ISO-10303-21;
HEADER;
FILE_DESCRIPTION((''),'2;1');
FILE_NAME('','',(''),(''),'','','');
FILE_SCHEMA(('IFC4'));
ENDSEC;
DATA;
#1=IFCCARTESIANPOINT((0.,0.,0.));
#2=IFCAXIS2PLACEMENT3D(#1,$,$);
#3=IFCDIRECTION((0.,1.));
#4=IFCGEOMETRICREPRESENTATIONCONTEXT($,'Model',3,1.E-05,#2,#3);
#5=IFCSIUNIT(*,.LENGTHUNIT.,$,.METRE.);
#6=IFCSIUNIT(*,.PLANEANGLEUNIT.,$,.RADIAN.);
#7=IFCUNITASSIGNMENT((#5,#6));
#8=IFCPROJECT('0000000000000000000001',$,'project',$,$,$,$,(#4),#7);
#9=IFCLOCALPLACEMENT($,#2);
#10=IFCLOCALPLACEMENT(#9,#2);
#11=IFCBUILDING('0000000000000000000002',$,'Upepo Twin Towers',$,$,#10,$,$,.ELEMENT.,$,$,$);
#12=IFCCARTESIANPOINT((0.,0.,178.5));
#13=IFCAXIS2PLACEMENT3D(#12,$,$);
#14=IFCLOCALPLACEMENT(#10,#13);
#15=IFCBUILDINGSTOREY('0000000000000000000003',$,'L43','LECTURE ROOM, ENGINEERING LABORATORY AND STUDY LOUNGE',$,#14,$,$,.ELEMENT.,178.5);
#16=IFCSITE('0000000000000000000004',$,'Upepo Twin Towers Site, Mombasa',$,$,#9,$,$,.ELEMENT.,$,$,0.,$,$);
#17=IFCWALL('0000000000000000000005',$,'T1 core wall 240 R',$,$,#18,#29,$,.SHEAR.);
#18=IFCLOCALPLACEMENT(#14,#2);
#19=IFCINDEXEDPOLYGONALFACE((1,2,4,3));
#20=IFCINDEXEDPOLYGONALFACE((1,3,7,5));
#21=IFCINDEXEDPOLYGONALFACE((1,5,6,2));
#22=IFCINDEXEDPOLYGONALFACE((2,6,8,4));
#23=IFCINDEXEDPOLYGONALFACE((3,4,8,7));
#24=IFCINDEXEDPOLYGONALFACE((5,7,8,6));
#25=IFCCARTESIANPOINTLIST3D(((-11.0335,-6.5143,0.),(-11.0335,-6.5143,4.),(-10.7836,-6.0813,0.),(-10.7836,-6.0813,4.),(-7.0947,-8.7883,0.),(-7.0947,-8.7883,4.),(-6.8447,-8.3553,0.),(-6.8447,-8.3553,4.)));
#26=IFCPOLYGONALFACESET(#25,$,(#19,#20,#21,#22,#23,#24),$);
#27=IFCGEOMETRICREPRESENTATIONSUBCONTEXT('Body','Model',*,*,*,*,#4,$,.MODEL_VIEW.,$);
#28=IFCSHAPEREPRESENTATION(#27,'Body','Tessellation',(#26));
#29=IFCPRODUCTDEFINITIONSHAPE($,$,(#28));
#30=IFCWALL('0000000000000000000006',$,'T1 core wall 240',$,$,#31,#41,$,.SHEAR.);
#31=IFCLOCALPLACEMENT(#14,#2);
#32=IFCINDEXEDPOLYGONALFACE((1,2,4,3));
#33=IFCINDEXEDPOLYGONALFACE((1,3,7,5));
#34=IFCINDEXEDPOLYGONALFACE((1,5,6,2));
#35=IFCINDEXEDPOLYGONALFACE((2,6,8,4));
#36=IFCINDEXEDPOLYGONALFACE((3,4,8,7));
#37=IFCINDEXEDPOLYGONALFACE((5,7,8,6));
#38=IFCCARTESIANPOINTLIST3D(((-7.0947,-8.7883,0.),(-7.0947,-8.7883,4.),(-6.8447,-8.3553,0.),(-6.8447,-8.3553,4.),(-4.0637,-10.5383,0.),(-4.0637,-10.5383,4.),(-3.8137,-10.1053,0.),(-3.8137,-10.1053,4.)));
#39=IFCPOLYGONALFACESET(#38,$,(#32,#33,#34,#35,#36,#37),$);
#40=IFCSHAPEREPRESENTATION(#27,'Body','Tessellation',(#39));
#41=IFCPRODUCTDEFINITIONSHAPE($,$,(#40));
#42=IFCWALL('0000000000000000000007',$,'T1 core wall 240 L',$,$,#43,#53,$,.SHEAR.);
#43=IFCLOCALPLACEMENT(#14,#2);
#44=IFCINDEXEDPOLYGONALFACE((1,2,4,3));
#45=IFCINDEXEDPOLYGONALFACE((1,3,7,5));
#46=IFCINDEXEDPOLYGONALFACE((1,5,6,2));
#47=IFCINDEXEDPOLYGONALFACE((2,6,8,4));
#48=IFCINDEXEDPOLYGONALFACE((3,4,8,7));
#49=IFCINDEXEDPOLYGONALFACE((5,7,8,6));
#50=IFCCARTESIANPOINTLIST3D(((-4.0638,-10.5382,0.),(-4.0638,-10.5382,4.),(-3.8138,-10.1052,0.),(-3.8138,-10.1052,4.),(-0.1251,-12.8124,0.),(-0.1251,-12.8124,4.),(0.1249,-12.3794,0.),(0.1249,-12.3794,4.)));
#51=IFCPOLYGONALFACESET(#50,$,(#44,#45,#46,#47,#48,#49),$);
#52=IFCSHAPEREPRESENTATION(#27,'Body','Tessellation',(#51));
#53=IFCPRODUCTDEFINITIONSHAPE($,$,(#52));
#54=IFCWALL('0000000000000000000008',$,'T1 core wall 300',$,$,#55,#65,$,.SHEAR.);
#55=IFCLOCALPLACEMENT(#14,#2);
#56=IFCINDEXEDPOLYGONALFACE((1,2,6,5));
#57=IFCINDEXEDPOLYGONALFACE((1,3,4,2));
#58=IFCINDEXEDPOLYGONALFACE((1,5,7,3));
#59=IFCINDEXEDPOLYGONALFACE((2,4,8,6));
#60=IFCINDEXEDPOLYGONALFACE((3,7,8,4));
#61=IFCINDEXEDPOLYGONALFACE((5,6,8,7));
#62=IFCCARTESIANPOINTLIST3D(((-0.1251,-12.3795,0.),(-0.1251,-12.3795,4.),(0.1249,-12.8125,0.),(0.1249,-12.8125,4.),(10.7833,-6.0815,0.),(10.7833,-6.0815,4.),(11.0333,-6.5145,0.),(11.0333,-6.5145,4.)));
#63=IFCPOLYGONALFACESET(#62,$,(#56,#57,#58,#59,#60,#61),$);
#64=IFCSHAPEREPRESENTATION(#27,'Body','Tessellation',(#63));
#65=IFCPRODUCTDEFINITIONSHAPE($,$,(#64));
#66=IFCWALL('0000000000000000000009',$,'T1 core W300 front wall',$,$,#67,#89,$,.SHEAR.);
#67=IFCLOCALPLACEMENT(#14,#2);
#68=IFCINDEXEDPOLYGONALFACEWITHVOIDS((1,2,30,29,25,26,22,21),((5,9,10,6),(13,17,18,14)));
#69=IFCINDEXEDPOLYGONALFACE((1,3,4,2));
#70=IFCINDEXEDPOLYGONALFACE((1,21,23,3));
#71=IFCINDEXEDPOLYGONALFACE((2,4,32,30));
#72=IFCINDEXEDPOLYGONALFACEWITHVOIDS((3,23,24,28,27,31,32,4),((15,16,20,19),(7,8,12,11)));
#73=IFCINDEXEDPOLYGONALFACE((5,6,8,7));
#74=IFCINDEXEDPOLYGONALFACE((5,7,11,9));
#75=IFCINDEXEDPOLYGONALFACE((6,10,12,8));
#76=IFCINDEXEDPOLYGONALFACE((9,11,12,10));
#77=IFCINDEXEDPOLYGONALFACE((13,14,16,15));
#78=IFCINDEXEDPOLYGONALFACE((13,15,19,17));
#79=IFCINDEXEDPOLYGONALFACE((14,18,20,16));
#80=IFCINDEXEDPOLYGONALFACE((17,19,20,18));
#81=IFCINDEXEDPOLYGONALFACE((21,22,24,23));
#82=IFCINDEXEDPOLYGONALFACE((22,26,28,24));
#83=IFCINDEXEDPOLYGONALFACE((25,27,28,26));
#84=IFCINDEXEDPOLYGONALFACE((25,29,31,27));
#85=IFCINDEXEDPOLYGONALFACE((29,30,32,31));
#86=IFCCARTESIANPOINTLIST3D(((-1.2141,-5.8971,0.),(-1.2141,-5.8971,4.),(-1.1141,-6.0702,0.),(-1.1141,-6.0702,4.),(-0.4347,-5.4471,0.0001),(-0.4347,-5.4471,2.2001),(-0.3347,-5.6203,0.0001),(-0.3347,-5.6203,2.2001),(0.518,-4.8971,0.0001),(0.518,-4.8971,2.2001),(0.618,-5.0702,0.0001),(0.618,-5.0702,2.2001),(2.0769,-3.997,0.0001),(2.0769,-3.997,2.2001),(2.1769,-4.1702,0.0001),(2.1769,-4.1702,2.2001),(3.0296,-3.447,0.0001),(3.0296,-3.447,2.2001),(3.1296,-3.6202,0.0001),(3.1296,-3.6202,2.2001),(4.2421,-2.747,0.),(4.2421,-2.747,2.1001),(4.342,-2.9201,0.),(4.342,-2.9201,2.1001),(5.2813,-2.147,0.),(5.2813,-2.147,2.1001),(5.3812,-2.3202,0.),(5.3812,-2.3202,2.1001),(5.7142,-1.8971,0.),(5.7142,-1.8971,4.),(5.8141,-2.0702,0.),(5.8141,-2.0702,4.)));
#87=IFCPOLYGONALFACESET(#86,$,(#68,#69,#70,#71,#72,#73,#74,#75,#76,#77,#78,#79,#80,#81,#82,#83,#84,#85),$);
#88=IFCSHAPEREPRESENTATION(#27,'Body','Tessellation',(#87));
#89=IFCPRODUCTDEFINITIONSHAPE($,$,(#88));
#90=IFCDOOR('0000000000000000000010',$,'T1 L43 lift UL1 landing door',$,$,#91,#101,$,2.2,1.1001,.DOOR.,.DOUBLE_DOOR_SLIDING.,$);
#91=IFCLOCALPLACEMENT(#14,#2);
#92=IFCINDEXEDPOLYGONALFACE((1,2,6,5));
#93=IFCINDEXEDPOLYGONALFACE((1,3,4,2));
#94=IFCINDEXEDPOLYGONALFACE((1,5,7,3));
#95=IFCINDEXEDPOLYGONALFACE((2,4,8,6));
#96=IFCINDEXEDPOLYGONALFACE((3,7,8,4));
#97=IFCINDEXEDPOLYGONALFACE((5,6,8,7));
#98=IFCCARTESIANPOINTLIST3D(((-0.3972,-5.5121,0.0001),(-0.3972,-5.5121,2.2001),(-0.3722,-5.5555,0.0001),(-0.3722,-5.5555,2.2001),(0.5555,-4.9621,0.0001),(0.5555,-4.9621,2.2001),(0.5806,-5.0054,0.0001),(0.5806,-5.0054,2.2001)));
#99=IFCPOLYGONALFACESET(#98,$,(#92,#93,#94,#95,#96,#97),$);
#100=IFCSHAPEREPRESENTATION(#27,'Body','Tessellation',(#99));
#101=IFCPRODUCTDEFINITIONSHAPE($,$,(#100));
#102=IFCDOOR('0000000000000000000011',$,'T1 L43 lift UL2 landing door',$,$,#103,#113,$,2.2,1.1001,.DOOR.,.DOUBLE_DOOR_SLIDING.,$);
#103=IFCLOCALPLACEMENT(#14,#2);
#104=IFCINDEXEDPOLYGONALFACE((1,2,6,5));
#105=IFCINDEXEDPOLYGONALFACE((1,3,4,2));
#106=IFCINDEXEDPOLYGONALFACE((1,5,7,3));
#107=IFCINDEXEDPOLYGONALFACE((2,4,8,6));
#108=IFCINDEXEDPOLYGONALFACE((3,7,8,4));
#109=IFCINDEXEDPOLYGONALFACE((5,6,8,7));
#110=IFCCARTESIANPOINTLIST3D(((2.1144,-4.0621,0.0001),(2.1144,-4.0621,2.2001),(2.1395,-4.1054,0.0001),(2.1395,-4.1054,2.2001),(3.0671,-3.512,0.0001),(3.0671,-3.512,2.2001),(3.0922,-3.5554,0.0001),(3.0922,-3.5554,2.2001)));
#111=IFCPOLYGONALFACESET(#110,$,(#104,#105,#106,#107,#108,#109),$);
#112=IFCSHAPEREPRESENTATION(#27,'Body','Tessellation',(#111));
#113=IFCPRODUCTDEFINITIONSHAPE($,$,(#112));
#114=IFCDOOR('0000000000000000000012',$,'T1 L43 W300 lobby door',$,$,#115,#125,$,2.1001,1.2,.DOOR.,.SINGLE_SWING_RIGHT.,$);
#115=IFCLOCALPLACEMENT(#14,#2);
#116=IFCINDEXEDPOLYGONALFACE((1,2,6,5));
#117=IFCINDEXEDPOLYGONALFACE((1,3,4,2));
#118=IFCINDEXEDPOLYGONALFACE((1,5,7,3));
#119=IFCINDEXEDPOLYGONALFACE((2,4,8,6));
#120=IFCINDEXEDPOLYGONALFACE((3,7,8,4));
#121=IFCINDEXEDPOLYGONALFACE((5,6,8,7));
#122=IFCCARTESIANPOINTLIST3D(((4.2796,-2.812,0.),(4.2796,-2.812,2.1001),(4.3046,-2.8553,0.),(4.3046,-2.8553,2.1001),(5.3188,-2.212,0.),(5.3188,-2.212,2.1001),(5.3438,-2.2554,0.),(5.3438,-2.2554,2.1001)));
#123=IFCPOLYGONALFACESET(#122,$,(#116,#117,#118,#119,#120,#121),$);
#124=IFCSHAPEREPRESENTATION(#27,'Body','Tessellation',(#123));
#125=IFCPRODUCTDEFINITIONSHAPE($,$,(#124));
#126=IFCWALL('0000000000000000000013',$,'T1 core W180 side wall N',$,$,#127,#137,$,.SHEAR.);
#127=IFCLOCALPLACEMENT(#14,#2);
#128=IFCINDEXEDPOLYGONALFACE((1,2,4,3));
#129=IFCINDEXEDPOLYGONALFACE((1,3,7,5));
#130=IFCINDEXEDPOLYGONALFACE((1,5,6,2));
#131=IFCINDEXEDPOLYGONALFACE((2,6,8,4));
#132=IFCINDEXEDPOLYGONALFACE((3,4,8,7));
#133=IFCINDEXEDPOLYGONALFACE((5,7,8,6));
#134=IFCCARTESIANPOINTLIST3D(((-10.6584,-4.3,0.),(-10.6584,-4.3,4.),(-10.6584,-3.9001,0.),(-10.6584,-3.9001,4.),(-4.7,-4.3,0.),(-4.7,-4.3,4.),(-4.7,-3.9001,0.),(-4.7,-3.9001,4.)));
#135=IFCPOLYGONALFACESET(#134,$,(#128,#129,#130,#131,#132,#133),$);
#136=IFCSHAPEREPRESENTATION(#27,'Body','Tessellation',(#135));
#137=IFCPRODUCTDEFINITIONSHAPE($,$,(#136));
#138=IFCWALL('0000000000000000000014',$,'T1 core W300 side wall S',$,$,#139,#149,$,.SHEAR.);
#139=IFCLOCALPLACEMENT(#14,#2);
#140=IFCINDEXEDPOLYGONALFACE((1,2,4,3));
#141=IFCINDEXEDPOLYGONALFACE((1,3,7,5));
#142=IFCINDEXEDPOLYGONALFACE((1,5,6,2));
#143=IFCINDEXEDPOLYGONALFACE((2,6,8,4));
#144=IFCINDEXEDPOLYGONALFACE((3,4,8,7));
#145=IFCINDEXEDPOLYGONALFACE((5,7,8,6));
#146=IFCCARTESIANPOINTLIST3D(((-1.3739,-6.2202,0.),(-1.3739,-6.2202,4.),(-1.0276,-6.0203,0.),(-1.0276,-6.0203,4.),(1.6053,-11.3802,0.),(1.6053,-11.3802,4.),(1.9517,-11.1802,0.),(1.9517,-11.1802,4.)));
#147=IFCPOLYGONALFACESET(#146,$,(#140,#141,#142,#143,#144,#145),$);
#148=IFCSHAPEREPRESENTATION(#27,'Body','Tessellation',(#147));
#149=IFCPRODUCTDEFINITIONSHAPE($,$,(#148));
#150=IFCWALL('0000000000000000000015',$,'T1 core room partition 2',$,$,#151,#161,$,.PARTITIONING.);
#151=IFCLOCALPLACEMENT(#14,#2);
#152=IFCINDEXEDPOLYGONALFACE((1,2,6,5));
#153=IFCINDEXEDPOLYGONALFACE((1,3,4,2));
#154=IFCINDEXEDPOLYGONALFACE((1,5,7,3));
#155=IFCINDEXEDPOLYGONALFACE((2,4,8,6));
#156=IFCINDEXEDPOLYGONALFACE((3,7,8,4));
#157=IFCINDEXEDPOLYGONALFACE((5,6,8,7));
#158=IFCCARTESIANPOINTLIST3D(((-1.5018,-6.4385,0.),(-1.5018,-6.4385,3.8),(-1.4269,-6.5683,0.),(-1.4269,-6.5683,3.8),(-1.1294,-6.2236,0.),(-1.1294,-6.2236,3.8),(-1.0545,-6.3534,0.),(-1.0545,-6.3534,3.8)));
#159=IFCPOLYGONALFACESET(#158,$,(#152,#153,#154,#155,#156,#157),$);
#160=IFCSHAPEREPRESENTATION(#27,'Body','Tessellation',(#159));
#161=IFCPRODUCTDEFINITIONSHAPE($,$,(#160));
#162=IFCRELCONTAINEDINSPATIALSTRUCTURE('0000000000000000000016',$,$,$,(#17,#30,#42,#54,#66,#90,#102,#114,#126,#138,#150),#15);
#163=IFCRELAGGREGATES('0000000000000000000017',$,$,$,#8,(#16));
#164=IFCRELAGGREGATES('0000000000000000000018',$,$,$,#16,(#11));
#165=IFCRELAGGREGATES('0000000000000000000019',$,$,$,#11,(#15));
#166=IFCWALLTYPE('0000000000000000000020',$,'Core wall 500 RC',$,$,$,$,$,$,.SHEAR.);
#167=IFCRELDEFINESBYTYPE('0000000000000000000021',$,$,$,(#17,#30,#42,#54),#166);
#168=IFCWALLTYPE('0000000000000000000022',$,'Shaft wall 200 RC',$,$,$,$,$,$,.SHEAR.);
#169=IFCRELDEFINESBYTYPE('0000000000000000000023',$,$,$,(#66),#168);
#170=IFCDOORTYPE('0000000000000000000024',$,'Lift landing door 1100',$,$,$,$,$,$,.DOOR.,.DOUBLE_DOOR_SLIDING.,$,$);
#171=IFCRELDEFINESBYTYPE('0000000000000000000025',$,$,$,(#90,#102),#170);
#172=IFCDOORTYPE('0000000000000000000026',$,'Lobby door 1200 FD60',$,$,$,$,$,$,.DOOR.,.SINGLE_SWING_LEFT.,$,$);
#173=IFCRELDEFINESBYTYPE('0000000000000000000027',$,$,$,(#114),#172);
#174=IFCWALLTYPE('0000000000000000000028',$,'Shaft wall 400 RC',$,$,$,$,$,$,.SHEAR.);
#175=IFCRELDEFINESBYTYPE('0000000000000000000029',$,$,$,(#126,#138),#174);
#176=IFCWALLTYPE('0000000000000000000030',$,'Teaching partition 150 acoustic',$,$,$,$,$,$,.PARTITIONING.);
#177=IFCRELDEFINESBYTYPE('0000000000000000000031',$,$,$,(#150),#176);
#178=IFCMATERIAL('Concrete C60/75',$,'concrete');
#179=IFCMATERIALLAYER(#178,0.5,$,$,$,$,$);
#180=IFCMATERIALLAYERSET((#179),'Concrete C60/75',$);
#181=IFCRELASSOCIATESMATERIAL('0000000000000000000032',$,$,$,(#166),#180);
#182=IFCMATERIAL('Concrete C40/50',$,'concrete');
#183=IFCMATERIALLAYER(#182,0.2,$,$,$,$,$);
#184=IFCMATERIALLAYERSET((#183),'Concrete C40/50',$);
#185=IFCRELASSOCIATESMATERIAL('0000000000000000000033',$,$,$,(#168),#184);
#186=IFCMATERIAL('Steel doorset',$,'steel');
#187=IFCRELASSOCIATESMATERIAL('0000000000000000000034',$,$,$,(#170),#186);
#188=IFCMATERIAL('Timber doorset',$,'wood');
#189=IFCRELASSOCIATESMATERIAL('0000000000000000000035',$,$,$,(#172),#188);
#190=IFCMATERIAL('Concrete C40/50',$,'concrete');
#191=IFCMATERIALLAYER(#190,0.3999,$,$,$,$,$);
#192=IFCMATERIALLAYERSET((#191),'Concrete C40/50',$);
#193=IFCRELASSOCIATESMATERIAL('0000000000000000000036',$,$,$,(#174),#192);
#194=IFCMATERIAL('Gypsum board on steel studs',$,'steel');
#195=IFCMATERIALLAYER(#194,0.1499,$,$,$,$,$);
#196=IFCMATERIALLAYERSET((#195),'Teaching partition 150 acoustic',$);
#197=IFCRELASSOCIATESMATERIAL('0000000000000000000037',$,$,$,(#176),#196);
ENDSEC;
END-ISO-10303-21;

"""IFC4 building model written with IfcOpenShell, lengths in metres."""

from ifc_helpers import new_model, si_unit, direction, frame, frame_2d, origin, place, context, subcontext, project, spatial, rectangle, extrude, material, layer, layer_set, type_object, element, fill, save


model = new_model("IFC4")

# Units and contexts
model_context = context("Model", 3, precision=1e-05, world=origin(), true_north=direction((0.0, 1.0)))
body_context = subcontext(model_context, "Body", "Model", "MODEL_VIEW")
ifc_project = project(units=[si_unit("LENGTHUNIT", "METRE"), si_unit("PLANEANGLEUNIT", "RADIAN")], contexts=[model_context])

# Site, building, storey
site_placement = place(None, origin())
site = spatial("IfcSite", under=ifc_project, at=site_placement, Name="Upepo Twin Towers Site, Mombasa", CompositionType="ELEMENT", RefElevation=0.0)
building_placement = place(site_placement, origin())
building = spatial("IfcBuilding", under=site, at=building_placement, Name="Upepo Twin Towers", CompositionType="ELEMENT")
storey_placement = place(building_placement, frame((0.0, 0.0, 178.5)))
storey = spatial("IfcBuildingStorey", under=building, at=storey_placement, Name="L43", Description="LECTURE ROOM, ENGINEERING LABORATORY AND STUDY LOUNGE", CompositionType="ELEMENT", Elevation=178.5)

# Walls
ifc_material_1 = material(Name="Concrete C60/75", Category="concrete")
ifc_layer_1 = layer(ifc_material_1, 0.5)
ifc_layer_set_1 = layer_set([ifc_layer_1], Name="Concrete C60/75")
wall_type_1 = type_object("IfcWallType", Name="Core wall 500 RC", PredefinedType="SHEAR", material=ifc_layer_set_1)
wall_1_placement = place(storey_placement, frame((-10.9084, -6.2979, 0.0), z_axis=(0.0, 0.0, 1.0), x_axis=(0.866035, -0.499984, 0.0)))
element("IfcWall", 1, at=wall_1_placement, inside=storey, type_object=wall_type_1, Name="T1 core wall 240 R", PredefinedType="SHEAR", context=body_context, shape_type="SweptSolid", body=[
    extrude(rectangle(XDim=4.5481, YDim=0.5, at=frame_2d((2.2739, 0.0))), origin(), (0.0, 0.0, 1.0), 4.0),
])
wall_2_placement = place(storey_placement, frame((-6.9697, -8.5718, 0.0), z_axis=(0.0, 0.0, 1.0), x_axis=(0.866019, -0.50001, 0.0)))
element("IfcWall", 2, at=wall_2_placement, inside=storey, type_object=wall_type_1, Name="T1 core wall 240", PredefinedType="SHEAR", context=body_context, shape_type="SweptSolid", body=[
    extrude(rectangle(XDim=3.5, YDim=0.5, at=frame_2d((1.75, 0.0))), origin(), (0.0, 0.0, 1.0), 4.0),
])
wall_3_placement = place(storey_placement, frame((-3.9387, -10.3218, 0.0), z_axis=(0.0, 0.0, 1.0), x_axis=(0.866011, -0.500024, 0.0)))
element("IfcWall", 3, at=wall_3_placement, inside=storey, type_object=wall_type_1, Name="T1 core wall 240 L", PredefinedType="SHEAR", context=body_context, shape_type="SweptSolid", body=[
    extrude(rectangle(XDim=4.5481, YDim=0.5, at=frame_2d((2.2739, 0.0))), origin(), (0.0, 0.0, 1.0), 4.0),
])
wall_4_placement = place(storey_placement, frame((0.0, -12.5959, 0.0), z_axis=(0.0, 0.0, 1.0), x_axis=(0.866022, 0.500006, 0.0)))
element("IfcWall", 4, at=wall_4_placement, inside=storey, type_object=wall_type_1, Name="T1 core wall 300", PredefinedType="SHEAR", context=body_context, shape_type="SweptSolid", body=[
    extrude(rectangle(XDim=12.5959, YDim=0.5, at=frame_2d((6.2979, 0.0))), origin(), (0.0, 0.0, 1.0), 4.0),
])

# Wall, openings, doors
ifc_material_2 = material(Name="Concrete C40/50", Category="concrete")
ifc_layer_2 = layer(ifc_material_2, 0.2)
ifc_layer_set_2 = layer_set([ifc_layer_2], Name="Concrete C40/50")
wall_type_2 = type_object("IfcWallType", Name="Shaft wall 200 RC", PredefinedType="SHEAR", material=ifc_layer_set_2)
wall_5_placement = place(storey_placement, frame((-1.1641, -5.9836, 0.0), z_axis=(0.0, 0.0, 1.0), x_axis=(0.866026, 0.499999, 0.0)))
wall_5 = element("IfcWall", 5, at=wall_5_placement, inside=storey, type_object=wall_type_2, Name="T1 core W300 front wall", PredefinedType="SHEAR", context=body_context, shape_type="SweptSolid", body=[
    extrude(rectangle(XDim=8.0, YDim=0.2, at=frame_2d((4.0, 0.0))), origin(), (0.0, 0.0, 1.0), 4.0),
])
opening_1_placement = place(wall_5_placement, frame((6.3, 0.0, 0.0)))
opening_1 = element("IfcOpeningElement", 6, at=opening_1_placement, cuts=wall_5, PredefinedType="OPENING", context=body_context, shape_type="SweptSolid", body=[
    extrude(rectangle(XDim=1.2, YDim=2.1001, at=frame_2d((0.6001, 1.05))), frame((0.0, 0.1099, 0.0), z_axis=(0.0, -1.0, 0.0), x_axis=(1.0, 0.0, 0.0)), (0.0, 0.0, 1.0), 0.22),
])
opening_2_placement = place(wall_5_placement, frame((0.8999, 0.0, 0.0)))
opening_2 = element("IfcOpeningElement", 7, at=opening_2_placement, cuts=wall_5, PredefinedType="OPENING", context=body_context, shape_type="SweptSolid", body=[
    extrude(rectangle(XDim=1.1001, YDim=2.2, at=frame_2d((0.55, 1.1001))), frame((0.0, 0.1099, 0.0), z_axis=(0.0, -1.0, 0.0), x_axis=(1.0, 0.0, 0.0)), (0.0, 0.0, 1.0), 0.22),
])
opening_3_placement = place(wall_5_placement, frame((3.8, 0.0, 0.0)))
opening_3 = element("IfcOpeningElement", 8, at=opening_3_placement, cuts=wall_5, PredefinedType="OPENING", context=body_context, shape_type="SweptSolid", body=[
    extrude(rectangle(XDim=1.1001, YDim=2.2, at=frame_2d((0.55, 1.1001))), frame((0.0, 0.1099, 0.0), z_axis=(0.0, -1.0, 0.0), x_axis=(1.0, 0.0, 0.0)), (0.0, 0.0, 1.0), 0.22),
])
ifc_material_3 = material(Name="Steel doorset", Category="steel")
door_type_1 = type_object("IfcDoorType", Name="Lift landing door 1100", OperationType="DOUBLE_DOOR_SLIDING", PredefinedType="DOOR", material=ifc_material_3)
door_1_placement = place(opening_2_placement, origin())
door_1 = element("IfcDoor", 9, at=door_1_placement, inside=storey, type_object=door_type_1, Name="T1 L43 lift UL1 landing door", OperationType="DOUBLE_DOOR_SLIDING", OverallHeight=2.2, OverallWidth=1.1001, PredefinedType="DOOR", context=body_context, shape_type="SweptSolid", body=[
    extrude(rectangle(XDim=1.1001, YDim=2.2, at=frame_2d((0.55, 1.1001))), frame((0.0, 0.0249, 0.0), z_axis=(0.0, -1.0, 0.0), x_axis=(1.0, 0.0, 0.0)), (0.0, 0.0, 1.0), 0.05),
])
fill(opening_2, door_1)
door_2_placement = place(opening_3_placement, origin())
door_2 = element("IfcDoor", 10, at=door_2_placement, inside=storey, type_object=door_type_1, Name="T1 L43 lift UL2 landing door", OperationType="DOUBLE_DOOR_SLIDING", OverallHeight=2.2, OverallWidth=1.1001, PredefinedType="DOOR", context=body_context, shape_type="SweptSolid", body=[
    extrude(rectangle(XDim=1.1001, YDim=2.2, at=frame_2d((0.55, 1.1001))), frame((0.0, 0.0249, 0.0), z_axis=(0.0, -1.0, 0.0), x_axis=(1.0, 0.0, 0.0)), (0.0, 0.0, 1.0), 0.05),
])
fill(opening_3, door_2)
ifc_material_4 = material(Name="Timber doorset", Category="wood")
door_type_2 = type_object("IfcDoorType", Name="Lobby door 1200 FD60", OperationType="SINGLE_SWING_LEFT", PredefinedType="DOOR", material=ifc_material_4)
door_3_placement = place(opening_1_placement, origin())
door_3 = element("IfcDoor", 11, at=door_3_placement, inside=storey, type_object=door_type_2, Name="T1 L43 W300 lobby door", OperationType="SINGLE_SWING_RIGHT", OverallHeight=2.1001, OverallWidth=1.2, PredefinedType="DOOR", context=body_context, shape_type="SweptSolid", body=[
    extrude(rectangle(XDim=1.2, YDim=2.1001, at=frame_2d((0.6001, 1.05))), frame((0.0, 0.0249, 0.0), z_axis=(0.0, -1.0, 0.0), x_axis=(1.0, 0.0, 0.0)), (0.0, 0.0, 1.0), 0.05),
])
fill(opening_1, door_3)

# Walls
ifc_material_5 = material(Name="Concrete C40/50", Category="concrete")
ifc_layer_3 = layer(ifc_material_5, 0.3999)
ifc_layer_set_3 = layer_set([ifc_layer_3], Name="Concrete C40/50")
wall_type_3 = type_object("IfcWallType", Name="Shaft wall 400 RC", PredefinedType="SHEAR", material=ifc_layer_set_3)
wall_6_placement = place(storey_placement, frame((-4.7, -4.1001, 0.0), z_axis=(0.0, 0.0, 1.0), x_axis=(-1.0, 0.0, 0.0)))
element("IfcWall", 12, at=wall_6_placement, inside=storey, type_object=wall_type_3, Name="T1 core W180 side wall N", PredefinedType="SHEAR", context=body_context, shape_type="SweptSolid", body=[
    extrude(rectangle(XDim=5.9585, YDim=0.3999, at=frame_2d((2.9792, 0.0))), origin(), (0.0, 0.0, 1.0), 4.0),
])
wall_7_placement = place(storey_placement, frame((-1.2007, -6.1204, 0.0), z_axis=(0.0, 0.0, 1.0), x_axis=(0.500022, -0.866013, 0.0)))
element("IfcWall", 13, at=wall_7_placement, inside=storey, type_object=wall_type_3, Name="T1 core W300 side wall S", PredefinedType="SHEAR", context=body_context, shape_type="SweptSolid", body=[
    extrude(rectangle(XDim=5.9583, YDim=0.3999, at=frame_2d((2.979, 0.0))), origin(), (0.0, 0.0, 1.0), 4.0),
])
ifc_material_6 = material(Name="Gypsum board on steel studs", Category="steel")
ifc_layer_4 = layer(ifc_material_6, 0.1499)
ifc_layer_set_4 = layer_set([ifc_layer_4], Name="Teaching partition 150 acoustic")
wall_type_4 = type_object("IfcWallType", Name="Teaching partition 150 acoustic", PredefinedType="PARTITIONING", material=ifc_layer_set_4)
wall_8_placement = place(storey_placement, frame((-1.092, -6.2886, 0.0), z_axis=(0.0, 0.0, 1.0), x_axis=(-0.866138, -0.499804, 0.0)))
element("IfcWall", 14, at=wall_8_placement, inside=storey, type_object=wall_type_4, Name="T1 core room partition 2", PredefinedType="PARTITIONING", context=body_context, shape_type="SweptSolid", body=[
    extrude(rectangle(XDim=0.4299, YDim=0.1499, at=frame_2d((0.2148, 0.0))), origin(), (0.0, 0.0, 1.0), 3.8),
])

save(model, "model.ifc")
